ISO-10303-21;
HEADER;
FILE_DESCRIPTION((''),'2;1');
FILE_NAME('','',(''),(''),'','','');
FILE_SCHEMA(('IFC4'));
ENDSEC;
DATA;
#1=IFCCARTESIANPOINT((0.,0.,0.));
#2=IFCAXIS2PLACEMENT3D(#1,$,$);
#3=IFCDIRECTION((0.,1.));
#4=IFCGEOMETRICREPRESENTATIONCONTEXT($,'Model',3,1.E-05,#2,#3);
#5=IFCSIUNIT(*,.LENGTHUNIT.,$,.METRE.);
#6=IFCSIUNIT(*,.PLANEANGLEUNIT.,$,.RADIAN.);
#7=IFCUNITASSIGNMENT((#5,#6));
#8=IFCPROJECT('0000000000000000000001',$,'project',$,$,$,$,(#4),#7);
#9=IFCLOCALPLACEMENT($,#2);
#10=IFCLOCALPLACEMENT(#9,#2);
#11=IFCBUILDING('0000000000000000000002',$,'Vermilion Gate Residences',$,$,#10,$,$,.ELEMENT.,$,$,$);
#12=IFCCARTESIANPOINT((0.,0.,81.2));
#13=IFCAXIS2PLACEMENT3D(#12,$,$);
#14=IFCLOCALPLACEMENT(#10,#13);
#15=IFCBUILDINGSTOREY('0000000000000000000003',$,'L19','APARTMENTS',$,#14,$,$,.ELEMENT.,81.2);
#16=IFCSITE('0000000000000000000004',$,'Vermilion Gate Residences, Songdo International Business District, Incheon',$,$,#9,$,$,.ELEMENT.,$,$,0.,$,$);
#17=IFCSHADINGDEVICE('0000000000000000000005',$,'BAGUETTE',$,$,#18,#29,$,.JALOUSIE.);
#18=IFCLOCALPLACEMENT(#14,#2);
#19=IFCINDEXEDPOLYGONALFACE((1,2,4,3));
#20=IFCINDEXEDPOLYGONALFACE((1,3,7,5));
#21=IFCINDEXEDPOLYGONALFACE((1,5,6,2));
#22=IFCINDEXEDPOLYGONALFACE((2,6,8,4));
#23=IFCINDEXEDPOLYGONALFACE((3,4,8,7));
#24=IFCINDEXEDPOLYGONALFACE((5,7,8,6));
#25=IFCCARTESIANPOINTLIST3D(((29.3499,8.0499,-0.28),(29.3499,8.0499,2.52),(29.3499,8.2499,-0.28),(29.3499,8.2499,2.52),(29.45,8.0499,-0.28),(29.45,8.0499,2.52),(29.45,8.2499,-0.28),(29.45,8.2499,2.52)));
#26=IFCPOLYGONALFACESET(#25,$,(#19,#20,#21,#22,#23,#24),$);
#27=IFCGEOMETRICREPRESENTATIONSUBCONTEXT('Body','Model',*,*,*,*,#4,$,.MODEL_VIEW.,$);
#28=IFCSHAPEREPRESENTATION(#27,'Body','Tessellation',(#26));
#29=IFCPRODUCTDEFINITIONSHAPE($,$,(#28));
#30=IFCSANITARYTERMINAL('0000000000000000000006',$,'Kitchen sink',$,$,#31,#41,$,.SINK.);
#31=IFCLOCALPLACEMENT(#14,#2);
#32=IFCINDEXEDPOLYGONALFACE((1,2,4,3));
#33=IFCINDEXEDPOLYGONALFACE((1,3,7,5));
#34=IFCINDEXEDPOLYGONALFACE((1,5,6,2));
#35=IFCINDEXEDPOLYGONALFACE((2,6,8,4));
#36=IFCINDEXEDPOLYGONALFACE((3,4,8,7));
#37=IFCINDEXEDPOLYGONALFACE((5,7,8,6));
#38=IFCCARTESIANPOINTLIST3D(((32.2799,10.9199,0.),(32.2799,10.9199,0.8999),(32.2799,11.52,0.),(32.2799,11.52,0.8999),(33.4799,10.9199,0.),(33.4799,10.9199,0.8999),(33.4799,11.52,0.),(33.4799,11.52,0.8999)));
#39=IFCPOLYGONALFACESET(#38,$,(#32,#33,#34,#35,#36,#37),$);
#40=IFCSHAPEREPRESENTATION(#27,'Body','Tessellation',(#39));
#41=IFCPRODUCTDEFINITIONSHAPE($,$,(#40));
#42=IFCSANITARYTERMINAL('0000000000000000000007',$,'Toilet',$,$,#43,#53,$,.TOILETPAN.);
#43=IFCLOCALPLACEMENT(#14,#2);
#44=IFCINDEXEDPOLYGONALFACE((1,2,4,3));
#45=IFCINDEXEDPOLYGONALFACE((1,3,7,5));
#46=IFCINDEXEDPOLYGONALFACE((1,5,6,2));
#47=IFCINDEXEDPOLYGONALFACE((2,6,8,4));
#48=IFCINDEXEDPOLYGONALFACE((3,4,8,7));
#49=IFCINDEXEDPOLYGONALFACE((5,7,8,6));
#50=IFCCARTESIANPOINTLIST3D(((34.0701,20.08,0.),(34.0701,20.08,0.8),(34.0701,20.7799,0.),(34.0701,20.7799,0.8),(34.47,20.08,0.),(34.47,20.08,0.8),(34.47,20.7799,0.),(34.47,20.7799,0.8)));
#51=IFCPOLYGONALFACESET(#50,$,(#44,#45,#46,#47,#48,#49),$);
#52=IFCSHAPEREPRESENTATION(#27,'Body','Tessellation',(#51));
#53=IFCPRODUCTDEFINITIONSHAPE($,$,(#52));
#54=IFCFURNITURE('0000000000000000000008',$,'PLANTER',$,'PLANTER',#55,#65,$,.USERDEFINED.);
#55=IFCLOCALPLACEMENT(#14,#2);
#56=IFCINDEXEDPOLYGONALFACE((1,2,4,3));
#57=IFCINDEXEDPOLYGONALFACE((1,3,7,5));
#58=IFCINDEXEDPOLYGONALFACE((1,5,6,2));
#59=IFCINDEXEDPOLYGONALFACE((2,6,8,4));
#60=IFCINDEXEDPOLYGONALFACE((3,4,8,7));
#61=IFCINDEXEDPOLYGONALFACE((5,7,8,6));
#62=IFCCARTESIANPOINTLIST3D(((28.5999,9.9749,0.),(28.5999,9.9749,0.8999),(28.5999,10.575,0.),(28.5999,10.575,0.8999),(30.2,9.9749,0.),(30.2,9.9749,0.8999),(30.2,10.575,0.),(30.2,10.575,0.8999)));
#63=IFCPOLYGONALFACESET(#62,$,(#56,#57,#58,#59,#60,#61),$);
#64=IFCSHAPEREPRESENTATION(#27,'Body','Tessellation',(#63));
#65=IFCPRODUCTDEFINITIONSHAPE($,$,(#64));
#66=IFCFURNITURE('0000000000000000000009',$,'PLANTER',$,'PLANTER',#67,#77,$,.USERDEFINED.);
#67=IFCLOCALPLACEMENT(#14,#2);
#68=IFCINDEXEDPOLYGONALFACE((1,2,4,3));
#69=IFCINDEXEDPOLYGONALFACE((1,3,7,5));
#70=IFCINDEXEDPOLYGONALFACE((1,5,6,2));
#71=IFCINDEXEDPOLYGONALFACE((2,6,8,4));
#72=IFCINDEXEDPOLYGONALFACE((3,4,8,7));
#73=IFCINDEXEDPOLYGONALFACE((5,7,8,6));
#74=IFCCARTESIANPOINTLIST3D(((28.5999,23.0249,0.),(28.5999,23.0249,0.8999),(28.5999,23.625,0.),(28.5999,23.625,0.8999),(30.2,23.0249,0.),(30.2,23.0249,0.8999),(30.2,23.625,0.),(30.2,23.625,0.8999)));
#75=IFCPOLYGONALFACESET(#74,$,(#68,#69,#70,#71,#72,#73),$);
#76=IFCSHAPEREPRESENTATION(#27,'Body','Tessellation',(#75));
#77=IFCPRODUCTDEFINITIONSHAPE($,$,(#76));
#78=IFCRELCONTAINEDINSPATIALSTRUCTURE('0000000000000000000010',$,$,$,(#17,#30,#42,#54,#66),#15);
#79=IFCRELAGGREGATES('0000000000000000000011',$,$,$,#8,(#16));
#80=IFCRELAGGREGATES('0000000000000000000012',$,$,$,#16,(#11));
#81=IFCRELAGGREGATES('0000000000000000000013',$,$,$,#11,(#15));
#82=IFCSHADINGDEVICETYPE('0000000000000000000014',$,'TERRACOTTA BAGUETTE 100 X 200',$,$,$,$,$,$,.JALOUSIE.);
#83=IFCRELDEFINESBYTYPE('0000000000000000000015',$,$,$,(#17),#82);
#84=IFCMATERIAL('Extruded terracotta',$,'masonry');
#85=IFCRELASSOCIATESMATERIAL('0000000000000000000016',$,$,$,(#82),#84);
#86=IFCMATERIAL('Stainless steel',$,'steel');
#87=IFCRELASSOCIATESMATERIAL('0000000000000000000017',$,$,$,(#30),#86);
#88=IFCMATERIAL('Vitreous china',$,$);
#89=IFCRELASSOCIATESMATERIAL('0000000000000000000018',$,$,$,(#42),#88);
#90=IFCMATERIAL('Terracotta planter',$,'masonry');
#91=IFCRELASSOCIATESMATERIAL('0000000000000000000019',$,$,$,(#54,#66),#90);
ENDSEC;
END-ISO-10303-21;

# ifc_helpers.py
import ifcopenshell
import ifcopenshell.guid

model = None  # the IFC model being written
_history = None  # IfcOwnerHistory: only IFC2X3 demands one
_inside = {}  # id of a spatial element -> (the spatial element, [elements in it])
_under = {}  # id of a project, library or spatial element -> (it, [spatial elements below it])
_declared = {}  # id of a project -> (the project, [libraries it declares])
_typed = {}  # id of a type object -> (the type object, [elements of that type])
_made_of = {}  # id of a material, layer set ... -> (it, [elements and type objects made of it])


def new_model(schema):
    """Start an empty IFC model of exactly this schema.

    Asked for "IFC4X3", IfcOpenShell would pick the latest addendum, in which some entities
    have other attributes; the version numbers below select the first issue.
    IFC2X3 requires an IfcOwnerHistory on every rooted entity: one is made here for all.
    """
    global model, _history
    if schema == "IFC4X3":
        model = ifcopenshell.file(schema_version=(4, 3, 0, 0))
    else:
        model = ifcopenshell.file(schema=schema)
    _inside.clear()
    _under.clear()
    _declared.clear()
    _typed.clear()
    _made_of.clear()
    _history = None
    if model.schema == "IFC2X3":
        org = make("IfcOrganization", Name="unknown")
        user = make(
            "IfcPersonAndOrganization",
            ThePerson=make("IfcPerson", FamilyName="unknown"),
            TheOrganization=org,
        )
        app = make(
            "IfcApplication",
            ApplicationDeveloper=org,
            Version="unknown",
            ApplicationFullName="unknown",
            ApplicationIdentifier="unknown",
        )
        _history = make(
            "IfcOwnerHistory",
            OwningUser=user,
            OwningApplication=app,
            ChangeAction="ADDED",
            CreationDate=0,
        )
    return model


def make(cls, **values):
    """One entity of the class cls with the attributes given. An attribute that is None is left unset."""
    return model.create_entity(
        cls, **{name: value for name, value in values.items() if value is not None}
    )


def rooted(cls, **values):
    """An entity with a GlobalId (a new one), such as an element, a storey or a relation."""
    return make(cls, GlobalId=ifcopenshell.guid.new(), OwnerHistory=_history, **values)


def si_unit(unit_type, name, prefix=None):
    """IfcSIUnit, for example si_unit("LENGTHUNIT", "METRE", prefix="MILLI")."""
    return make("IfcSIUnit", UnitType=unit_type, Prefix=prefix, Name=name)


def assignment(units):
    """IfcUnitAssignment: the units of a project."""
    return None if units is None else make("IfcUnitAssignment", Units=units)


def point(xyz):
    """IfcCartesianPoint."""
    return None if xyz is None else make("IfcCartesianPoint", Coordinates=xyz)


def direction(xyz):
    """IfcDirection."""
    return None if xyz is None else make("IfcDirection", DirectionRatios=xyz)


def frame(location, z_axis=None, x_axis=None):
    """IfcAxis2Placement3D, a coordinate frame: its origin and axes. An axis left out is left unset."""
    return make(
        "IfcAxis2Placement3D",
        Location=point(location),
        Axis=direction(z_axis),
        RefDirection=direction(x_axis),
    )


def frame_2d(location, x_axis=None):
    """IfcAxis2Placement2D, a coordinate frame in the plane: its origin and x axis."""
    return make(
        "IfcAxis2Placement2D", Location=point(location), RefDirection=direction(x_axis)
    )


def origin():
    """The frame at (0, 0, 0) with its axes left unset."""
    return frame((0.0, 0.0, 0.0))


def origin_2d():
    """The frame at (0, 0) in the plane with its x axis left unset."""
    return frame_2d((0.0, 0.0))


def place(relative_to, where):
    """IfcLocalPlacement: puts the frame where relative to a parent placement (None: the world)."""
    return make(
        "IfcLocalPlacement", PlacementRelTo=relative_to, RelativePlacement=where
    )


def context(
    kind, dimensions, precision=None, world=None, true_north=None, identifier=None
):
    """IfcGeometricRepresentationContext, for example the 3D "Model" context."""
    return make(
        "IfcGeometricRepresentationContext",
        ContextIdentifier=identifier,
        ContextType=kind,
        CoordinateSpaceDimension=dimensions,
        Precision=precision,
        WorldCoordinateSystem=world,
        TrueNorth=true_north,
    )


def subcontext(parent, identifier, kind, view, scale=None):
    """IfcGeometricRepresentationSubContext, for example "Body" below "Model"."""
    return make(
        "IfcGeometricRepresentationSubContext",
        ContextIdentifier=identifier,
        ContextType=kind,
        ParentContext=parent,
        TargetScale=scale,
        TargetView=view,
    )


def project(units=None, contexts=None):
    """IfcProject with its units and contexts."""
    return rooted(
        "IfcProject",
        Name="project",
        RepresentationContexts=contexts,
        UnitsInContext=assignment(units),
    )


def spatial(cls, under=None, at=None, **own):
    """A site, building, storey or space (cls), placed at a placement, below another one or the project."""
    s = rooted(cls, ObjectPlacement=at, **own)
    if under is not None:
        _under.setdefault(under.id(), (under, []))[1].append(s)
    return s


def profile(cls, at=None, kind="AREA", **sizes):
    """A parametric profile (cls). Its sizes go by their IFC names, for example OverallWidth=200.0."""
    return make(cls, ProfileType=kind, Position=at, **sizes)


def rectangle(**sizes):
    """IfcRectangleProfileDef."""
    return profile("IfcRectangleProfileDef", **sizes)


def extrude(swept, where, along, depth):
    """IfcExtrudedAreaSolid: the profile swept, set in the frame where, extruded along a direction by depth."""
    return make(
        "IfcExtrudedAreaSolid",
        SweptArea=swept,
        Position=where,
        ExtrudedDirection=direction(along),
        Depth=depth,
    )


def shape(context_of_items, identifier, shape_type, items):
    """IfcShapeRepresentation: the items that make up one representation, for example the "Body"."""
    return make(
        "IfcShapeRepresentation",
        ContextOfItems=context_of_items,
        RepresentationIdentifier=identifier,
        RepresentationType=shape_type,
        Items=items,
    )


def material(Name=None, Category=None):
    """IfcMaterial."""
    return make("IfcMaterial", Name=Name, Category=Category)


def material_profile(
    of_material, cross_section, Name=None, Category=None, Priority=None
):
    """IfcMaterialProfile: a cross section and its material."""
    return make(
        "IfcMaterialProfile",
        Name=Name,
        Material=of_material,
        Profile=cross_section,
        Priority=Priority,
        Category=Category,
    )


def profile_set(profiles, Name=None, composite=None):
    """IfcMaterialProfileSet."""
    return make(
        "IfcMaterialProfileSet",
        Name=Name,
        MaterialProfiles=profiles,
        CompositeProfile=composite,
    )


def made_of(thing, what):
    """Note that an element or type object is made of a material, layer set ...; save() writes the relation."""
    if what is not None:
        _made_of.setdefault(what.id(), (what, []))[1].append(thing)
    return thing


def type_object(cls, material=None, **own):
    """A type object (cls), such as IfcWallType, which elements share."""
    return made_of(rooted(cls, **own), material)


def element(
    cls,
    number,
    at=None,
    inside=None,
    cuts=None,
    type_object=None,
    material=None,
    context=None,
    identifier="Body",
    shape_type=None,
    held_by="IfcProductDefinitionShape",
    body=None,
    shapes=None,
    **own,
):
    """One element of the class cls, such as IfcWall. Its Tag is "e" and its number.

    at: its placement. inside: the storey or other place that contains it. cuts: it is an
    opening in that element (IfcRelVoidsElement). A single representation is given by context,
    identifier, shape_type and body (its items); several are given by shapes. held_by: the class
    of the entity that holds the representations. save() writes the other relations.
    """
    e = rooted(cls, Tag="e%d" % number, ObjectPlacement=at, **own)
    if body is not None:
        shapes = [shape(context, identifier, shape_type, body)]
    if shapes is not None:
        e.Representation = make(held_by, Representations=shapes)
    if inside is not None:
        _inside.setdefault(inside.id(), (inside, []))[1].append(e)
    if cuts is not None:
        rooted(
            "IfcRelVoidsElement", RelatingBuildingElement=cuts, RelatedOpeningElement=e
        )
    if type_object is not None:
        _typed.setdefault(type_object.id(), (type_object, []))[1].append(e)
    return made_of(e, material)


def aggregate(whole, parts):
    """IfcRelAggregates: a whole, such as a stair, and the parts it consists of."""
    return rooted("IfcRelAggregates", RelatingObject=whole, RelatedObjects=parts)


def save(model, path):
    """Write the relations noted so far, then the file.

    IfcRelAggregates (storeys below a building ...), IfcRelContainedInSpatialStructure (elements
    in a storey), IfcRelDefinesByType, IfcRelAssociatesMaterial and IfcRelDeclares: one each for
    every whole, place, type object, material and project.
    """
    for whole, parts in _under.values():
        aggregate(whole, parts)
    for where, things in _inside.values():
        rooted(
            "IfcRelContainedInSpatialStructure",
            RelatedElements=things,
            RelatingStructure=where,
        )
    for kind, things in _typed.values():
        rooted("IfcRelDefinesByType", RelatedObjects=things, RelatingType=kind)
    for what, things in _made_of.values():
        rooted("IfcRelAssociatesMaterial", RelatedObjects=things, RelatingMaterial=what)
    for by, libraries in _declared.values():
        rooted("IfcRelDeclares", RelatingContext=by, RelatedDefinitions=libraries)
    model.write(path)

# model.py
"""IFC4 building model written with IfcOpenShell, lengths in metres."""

from ifc_helpers import new_model, si_unit, direction, frame, origin, origin_2d, place, context, subcontext, project, spatial, rectangle, extrude, material, material_profile, profile_set, type_object, element, save


model = new_model("IFC4")

# Units and contexts
model_context = context("Model", 3, precision=1e-05, world=origin(), true_north=direction((0.0, 1.0)))
body_context = subcontext(model_context, "Body", "Model", "MODEL_VIEW")
ifc_project = project(units=[si_unit("LENGTHUNIT", "METRE"), si_unit("PLANEANGLEUNIT", "RADIAN")], contexts=[model_context])

# Site, building, storey
site_placement = place(None, origin())
site = spatial("IfcSite", under=ifc_project, at=site_placement, Name="Vermilion Gate Residences, Songdo International Business District, Incheon", CompositionType="ELEMENT", RefElevation=0.0)
building_placement = place(site_placement, origin())
building = spatial("IfcBuilding", under=site, at=building_placement, Name="Vermilion Gate Residences", CompositionType="ELEMENT")
storey_placement = place(building_placement, frame((0.0, 0.0, 81.2)))
storey = spatial("IfcBuildingStorey", under=building, at=storey_placement, Name="L19", Description="APARTMENTS", CompositionType="ELEMENT", Elevation=81.2)

# Shading device
ifc_material_1 = material(Name="Extruded terracotta", Category="masonry")
ifc_material_profile_1 = material_profile(ifc_material_1, rectangle(XDim=0.2, YDim=0.1001, at=origin_2d()), Name="BAGUETTE 100 X 200")
ifc_profile_set_1 = profile_set([ifc_material_profile_1], Name="Extruded terracotta")
shading_device_type_1 = type_object("IfcShadingDeviceType", Name="TERRACOTTA BAGUETTE 100 X 200", PredefinedType="JALOUSIE", material=ifc_profile_set_1)
shading_device_1_placement = place(storey_placement, frame((29.3999, 8.1499, -0.28), z_axis=(0.0, 0.0, 1.0), x_axis=(0.0, 1.0, 0.0)))
element("IfcShadingDevice", 1, at=shading_device_1_placement, inside=storey, type_object=shading_device_type_1, Name="BAGUETTE", PredefinedType="JALOUSIE", context=body_context, shape_type="SweptSolid", body=[
    extrude(rectangle(XDim=0.2, YDim=0.1001, at=origin_2d()), origin(), (0.0, 0.0, 1.0), 2.8),
])

# Sanitary terminals
ifc_material_2 = material(Name="Stainless steel", Category="steel")
sanitary_terminal_1_placement = place(storey_placement, frame((32.8799, 11.22, 0.0), z_axis=(0.0, 0.0, 1.0), x_axis=(1.0, 0.0, 0.0)))
element("IfcSanitaryTerminal", 2, at=sanitary_terminal_1_placement, inside=storey, material=ifc_material_2, Name="Kitchen sink", PredefinedType="SINK", context=body_context, shape_type="SweptSolid", body=[
    extrude(rectangle(XDim=1.2, YDim=0.6001, at=origin_2d()), origin(), (0.0, 0.0, 1.0), 0.8999),
])
ifc_material_3 = material(Name="Vitreous china")
sanitary_terminal_2_placement = place(storey_placement, frame((34.27, 20.4299, 0.0), z_axis=(0.0, 0.0, 1.0), x_axis=(1.0, 0.0, 0.0)))
element("IfcSanitaryTerminal", 3, at=sanitary_terminal_2_placement, inside=storey, material=ifc_material_3, Name="Toilet", PredefinedType="TOILETPAN", context=body_context, shape_type="SweptSolid", body=[
    extrude(rectangle(XDim=0.3999, YDim=0.7, at=origin_2d()), origin(), (0.0, 0.0, 1.0), 0.8),
])

# Furniture
ifc_material_4 = material(Name="Terracotta planter", Category="masonry")
for number, where, z_axis, x_axis, name in (
    (4, (29.3999, 10.2749, 0.0), (0.0, 0.0, 1.0), (1.0, 0.0, 0.0), "PLANTER"),
    (5, (29.3999, 23.325, 0.0), (0.0, 0.0, 1.0), (-1.0, 0.0, 0.0), "PLANTER"),
):
    element("IfcFurniture", number, at=place(storey_placement, frame(where, z_axis=z_axis, x_axis=x_axis)), inside=storey, material=ifc_material_4, Name=name, ObjectType="PLANTER", PredefinedType="USERDEFINED", context=body_context, shape_type="SweptSolid", body=[
        extrude(rectangle(XDim=1.6001, YDim=0.6001, at=origin_2d()), origin(), (0.0, 0.0, 1.0), 0.8999),
    ])

save(model, "model.ifc")
